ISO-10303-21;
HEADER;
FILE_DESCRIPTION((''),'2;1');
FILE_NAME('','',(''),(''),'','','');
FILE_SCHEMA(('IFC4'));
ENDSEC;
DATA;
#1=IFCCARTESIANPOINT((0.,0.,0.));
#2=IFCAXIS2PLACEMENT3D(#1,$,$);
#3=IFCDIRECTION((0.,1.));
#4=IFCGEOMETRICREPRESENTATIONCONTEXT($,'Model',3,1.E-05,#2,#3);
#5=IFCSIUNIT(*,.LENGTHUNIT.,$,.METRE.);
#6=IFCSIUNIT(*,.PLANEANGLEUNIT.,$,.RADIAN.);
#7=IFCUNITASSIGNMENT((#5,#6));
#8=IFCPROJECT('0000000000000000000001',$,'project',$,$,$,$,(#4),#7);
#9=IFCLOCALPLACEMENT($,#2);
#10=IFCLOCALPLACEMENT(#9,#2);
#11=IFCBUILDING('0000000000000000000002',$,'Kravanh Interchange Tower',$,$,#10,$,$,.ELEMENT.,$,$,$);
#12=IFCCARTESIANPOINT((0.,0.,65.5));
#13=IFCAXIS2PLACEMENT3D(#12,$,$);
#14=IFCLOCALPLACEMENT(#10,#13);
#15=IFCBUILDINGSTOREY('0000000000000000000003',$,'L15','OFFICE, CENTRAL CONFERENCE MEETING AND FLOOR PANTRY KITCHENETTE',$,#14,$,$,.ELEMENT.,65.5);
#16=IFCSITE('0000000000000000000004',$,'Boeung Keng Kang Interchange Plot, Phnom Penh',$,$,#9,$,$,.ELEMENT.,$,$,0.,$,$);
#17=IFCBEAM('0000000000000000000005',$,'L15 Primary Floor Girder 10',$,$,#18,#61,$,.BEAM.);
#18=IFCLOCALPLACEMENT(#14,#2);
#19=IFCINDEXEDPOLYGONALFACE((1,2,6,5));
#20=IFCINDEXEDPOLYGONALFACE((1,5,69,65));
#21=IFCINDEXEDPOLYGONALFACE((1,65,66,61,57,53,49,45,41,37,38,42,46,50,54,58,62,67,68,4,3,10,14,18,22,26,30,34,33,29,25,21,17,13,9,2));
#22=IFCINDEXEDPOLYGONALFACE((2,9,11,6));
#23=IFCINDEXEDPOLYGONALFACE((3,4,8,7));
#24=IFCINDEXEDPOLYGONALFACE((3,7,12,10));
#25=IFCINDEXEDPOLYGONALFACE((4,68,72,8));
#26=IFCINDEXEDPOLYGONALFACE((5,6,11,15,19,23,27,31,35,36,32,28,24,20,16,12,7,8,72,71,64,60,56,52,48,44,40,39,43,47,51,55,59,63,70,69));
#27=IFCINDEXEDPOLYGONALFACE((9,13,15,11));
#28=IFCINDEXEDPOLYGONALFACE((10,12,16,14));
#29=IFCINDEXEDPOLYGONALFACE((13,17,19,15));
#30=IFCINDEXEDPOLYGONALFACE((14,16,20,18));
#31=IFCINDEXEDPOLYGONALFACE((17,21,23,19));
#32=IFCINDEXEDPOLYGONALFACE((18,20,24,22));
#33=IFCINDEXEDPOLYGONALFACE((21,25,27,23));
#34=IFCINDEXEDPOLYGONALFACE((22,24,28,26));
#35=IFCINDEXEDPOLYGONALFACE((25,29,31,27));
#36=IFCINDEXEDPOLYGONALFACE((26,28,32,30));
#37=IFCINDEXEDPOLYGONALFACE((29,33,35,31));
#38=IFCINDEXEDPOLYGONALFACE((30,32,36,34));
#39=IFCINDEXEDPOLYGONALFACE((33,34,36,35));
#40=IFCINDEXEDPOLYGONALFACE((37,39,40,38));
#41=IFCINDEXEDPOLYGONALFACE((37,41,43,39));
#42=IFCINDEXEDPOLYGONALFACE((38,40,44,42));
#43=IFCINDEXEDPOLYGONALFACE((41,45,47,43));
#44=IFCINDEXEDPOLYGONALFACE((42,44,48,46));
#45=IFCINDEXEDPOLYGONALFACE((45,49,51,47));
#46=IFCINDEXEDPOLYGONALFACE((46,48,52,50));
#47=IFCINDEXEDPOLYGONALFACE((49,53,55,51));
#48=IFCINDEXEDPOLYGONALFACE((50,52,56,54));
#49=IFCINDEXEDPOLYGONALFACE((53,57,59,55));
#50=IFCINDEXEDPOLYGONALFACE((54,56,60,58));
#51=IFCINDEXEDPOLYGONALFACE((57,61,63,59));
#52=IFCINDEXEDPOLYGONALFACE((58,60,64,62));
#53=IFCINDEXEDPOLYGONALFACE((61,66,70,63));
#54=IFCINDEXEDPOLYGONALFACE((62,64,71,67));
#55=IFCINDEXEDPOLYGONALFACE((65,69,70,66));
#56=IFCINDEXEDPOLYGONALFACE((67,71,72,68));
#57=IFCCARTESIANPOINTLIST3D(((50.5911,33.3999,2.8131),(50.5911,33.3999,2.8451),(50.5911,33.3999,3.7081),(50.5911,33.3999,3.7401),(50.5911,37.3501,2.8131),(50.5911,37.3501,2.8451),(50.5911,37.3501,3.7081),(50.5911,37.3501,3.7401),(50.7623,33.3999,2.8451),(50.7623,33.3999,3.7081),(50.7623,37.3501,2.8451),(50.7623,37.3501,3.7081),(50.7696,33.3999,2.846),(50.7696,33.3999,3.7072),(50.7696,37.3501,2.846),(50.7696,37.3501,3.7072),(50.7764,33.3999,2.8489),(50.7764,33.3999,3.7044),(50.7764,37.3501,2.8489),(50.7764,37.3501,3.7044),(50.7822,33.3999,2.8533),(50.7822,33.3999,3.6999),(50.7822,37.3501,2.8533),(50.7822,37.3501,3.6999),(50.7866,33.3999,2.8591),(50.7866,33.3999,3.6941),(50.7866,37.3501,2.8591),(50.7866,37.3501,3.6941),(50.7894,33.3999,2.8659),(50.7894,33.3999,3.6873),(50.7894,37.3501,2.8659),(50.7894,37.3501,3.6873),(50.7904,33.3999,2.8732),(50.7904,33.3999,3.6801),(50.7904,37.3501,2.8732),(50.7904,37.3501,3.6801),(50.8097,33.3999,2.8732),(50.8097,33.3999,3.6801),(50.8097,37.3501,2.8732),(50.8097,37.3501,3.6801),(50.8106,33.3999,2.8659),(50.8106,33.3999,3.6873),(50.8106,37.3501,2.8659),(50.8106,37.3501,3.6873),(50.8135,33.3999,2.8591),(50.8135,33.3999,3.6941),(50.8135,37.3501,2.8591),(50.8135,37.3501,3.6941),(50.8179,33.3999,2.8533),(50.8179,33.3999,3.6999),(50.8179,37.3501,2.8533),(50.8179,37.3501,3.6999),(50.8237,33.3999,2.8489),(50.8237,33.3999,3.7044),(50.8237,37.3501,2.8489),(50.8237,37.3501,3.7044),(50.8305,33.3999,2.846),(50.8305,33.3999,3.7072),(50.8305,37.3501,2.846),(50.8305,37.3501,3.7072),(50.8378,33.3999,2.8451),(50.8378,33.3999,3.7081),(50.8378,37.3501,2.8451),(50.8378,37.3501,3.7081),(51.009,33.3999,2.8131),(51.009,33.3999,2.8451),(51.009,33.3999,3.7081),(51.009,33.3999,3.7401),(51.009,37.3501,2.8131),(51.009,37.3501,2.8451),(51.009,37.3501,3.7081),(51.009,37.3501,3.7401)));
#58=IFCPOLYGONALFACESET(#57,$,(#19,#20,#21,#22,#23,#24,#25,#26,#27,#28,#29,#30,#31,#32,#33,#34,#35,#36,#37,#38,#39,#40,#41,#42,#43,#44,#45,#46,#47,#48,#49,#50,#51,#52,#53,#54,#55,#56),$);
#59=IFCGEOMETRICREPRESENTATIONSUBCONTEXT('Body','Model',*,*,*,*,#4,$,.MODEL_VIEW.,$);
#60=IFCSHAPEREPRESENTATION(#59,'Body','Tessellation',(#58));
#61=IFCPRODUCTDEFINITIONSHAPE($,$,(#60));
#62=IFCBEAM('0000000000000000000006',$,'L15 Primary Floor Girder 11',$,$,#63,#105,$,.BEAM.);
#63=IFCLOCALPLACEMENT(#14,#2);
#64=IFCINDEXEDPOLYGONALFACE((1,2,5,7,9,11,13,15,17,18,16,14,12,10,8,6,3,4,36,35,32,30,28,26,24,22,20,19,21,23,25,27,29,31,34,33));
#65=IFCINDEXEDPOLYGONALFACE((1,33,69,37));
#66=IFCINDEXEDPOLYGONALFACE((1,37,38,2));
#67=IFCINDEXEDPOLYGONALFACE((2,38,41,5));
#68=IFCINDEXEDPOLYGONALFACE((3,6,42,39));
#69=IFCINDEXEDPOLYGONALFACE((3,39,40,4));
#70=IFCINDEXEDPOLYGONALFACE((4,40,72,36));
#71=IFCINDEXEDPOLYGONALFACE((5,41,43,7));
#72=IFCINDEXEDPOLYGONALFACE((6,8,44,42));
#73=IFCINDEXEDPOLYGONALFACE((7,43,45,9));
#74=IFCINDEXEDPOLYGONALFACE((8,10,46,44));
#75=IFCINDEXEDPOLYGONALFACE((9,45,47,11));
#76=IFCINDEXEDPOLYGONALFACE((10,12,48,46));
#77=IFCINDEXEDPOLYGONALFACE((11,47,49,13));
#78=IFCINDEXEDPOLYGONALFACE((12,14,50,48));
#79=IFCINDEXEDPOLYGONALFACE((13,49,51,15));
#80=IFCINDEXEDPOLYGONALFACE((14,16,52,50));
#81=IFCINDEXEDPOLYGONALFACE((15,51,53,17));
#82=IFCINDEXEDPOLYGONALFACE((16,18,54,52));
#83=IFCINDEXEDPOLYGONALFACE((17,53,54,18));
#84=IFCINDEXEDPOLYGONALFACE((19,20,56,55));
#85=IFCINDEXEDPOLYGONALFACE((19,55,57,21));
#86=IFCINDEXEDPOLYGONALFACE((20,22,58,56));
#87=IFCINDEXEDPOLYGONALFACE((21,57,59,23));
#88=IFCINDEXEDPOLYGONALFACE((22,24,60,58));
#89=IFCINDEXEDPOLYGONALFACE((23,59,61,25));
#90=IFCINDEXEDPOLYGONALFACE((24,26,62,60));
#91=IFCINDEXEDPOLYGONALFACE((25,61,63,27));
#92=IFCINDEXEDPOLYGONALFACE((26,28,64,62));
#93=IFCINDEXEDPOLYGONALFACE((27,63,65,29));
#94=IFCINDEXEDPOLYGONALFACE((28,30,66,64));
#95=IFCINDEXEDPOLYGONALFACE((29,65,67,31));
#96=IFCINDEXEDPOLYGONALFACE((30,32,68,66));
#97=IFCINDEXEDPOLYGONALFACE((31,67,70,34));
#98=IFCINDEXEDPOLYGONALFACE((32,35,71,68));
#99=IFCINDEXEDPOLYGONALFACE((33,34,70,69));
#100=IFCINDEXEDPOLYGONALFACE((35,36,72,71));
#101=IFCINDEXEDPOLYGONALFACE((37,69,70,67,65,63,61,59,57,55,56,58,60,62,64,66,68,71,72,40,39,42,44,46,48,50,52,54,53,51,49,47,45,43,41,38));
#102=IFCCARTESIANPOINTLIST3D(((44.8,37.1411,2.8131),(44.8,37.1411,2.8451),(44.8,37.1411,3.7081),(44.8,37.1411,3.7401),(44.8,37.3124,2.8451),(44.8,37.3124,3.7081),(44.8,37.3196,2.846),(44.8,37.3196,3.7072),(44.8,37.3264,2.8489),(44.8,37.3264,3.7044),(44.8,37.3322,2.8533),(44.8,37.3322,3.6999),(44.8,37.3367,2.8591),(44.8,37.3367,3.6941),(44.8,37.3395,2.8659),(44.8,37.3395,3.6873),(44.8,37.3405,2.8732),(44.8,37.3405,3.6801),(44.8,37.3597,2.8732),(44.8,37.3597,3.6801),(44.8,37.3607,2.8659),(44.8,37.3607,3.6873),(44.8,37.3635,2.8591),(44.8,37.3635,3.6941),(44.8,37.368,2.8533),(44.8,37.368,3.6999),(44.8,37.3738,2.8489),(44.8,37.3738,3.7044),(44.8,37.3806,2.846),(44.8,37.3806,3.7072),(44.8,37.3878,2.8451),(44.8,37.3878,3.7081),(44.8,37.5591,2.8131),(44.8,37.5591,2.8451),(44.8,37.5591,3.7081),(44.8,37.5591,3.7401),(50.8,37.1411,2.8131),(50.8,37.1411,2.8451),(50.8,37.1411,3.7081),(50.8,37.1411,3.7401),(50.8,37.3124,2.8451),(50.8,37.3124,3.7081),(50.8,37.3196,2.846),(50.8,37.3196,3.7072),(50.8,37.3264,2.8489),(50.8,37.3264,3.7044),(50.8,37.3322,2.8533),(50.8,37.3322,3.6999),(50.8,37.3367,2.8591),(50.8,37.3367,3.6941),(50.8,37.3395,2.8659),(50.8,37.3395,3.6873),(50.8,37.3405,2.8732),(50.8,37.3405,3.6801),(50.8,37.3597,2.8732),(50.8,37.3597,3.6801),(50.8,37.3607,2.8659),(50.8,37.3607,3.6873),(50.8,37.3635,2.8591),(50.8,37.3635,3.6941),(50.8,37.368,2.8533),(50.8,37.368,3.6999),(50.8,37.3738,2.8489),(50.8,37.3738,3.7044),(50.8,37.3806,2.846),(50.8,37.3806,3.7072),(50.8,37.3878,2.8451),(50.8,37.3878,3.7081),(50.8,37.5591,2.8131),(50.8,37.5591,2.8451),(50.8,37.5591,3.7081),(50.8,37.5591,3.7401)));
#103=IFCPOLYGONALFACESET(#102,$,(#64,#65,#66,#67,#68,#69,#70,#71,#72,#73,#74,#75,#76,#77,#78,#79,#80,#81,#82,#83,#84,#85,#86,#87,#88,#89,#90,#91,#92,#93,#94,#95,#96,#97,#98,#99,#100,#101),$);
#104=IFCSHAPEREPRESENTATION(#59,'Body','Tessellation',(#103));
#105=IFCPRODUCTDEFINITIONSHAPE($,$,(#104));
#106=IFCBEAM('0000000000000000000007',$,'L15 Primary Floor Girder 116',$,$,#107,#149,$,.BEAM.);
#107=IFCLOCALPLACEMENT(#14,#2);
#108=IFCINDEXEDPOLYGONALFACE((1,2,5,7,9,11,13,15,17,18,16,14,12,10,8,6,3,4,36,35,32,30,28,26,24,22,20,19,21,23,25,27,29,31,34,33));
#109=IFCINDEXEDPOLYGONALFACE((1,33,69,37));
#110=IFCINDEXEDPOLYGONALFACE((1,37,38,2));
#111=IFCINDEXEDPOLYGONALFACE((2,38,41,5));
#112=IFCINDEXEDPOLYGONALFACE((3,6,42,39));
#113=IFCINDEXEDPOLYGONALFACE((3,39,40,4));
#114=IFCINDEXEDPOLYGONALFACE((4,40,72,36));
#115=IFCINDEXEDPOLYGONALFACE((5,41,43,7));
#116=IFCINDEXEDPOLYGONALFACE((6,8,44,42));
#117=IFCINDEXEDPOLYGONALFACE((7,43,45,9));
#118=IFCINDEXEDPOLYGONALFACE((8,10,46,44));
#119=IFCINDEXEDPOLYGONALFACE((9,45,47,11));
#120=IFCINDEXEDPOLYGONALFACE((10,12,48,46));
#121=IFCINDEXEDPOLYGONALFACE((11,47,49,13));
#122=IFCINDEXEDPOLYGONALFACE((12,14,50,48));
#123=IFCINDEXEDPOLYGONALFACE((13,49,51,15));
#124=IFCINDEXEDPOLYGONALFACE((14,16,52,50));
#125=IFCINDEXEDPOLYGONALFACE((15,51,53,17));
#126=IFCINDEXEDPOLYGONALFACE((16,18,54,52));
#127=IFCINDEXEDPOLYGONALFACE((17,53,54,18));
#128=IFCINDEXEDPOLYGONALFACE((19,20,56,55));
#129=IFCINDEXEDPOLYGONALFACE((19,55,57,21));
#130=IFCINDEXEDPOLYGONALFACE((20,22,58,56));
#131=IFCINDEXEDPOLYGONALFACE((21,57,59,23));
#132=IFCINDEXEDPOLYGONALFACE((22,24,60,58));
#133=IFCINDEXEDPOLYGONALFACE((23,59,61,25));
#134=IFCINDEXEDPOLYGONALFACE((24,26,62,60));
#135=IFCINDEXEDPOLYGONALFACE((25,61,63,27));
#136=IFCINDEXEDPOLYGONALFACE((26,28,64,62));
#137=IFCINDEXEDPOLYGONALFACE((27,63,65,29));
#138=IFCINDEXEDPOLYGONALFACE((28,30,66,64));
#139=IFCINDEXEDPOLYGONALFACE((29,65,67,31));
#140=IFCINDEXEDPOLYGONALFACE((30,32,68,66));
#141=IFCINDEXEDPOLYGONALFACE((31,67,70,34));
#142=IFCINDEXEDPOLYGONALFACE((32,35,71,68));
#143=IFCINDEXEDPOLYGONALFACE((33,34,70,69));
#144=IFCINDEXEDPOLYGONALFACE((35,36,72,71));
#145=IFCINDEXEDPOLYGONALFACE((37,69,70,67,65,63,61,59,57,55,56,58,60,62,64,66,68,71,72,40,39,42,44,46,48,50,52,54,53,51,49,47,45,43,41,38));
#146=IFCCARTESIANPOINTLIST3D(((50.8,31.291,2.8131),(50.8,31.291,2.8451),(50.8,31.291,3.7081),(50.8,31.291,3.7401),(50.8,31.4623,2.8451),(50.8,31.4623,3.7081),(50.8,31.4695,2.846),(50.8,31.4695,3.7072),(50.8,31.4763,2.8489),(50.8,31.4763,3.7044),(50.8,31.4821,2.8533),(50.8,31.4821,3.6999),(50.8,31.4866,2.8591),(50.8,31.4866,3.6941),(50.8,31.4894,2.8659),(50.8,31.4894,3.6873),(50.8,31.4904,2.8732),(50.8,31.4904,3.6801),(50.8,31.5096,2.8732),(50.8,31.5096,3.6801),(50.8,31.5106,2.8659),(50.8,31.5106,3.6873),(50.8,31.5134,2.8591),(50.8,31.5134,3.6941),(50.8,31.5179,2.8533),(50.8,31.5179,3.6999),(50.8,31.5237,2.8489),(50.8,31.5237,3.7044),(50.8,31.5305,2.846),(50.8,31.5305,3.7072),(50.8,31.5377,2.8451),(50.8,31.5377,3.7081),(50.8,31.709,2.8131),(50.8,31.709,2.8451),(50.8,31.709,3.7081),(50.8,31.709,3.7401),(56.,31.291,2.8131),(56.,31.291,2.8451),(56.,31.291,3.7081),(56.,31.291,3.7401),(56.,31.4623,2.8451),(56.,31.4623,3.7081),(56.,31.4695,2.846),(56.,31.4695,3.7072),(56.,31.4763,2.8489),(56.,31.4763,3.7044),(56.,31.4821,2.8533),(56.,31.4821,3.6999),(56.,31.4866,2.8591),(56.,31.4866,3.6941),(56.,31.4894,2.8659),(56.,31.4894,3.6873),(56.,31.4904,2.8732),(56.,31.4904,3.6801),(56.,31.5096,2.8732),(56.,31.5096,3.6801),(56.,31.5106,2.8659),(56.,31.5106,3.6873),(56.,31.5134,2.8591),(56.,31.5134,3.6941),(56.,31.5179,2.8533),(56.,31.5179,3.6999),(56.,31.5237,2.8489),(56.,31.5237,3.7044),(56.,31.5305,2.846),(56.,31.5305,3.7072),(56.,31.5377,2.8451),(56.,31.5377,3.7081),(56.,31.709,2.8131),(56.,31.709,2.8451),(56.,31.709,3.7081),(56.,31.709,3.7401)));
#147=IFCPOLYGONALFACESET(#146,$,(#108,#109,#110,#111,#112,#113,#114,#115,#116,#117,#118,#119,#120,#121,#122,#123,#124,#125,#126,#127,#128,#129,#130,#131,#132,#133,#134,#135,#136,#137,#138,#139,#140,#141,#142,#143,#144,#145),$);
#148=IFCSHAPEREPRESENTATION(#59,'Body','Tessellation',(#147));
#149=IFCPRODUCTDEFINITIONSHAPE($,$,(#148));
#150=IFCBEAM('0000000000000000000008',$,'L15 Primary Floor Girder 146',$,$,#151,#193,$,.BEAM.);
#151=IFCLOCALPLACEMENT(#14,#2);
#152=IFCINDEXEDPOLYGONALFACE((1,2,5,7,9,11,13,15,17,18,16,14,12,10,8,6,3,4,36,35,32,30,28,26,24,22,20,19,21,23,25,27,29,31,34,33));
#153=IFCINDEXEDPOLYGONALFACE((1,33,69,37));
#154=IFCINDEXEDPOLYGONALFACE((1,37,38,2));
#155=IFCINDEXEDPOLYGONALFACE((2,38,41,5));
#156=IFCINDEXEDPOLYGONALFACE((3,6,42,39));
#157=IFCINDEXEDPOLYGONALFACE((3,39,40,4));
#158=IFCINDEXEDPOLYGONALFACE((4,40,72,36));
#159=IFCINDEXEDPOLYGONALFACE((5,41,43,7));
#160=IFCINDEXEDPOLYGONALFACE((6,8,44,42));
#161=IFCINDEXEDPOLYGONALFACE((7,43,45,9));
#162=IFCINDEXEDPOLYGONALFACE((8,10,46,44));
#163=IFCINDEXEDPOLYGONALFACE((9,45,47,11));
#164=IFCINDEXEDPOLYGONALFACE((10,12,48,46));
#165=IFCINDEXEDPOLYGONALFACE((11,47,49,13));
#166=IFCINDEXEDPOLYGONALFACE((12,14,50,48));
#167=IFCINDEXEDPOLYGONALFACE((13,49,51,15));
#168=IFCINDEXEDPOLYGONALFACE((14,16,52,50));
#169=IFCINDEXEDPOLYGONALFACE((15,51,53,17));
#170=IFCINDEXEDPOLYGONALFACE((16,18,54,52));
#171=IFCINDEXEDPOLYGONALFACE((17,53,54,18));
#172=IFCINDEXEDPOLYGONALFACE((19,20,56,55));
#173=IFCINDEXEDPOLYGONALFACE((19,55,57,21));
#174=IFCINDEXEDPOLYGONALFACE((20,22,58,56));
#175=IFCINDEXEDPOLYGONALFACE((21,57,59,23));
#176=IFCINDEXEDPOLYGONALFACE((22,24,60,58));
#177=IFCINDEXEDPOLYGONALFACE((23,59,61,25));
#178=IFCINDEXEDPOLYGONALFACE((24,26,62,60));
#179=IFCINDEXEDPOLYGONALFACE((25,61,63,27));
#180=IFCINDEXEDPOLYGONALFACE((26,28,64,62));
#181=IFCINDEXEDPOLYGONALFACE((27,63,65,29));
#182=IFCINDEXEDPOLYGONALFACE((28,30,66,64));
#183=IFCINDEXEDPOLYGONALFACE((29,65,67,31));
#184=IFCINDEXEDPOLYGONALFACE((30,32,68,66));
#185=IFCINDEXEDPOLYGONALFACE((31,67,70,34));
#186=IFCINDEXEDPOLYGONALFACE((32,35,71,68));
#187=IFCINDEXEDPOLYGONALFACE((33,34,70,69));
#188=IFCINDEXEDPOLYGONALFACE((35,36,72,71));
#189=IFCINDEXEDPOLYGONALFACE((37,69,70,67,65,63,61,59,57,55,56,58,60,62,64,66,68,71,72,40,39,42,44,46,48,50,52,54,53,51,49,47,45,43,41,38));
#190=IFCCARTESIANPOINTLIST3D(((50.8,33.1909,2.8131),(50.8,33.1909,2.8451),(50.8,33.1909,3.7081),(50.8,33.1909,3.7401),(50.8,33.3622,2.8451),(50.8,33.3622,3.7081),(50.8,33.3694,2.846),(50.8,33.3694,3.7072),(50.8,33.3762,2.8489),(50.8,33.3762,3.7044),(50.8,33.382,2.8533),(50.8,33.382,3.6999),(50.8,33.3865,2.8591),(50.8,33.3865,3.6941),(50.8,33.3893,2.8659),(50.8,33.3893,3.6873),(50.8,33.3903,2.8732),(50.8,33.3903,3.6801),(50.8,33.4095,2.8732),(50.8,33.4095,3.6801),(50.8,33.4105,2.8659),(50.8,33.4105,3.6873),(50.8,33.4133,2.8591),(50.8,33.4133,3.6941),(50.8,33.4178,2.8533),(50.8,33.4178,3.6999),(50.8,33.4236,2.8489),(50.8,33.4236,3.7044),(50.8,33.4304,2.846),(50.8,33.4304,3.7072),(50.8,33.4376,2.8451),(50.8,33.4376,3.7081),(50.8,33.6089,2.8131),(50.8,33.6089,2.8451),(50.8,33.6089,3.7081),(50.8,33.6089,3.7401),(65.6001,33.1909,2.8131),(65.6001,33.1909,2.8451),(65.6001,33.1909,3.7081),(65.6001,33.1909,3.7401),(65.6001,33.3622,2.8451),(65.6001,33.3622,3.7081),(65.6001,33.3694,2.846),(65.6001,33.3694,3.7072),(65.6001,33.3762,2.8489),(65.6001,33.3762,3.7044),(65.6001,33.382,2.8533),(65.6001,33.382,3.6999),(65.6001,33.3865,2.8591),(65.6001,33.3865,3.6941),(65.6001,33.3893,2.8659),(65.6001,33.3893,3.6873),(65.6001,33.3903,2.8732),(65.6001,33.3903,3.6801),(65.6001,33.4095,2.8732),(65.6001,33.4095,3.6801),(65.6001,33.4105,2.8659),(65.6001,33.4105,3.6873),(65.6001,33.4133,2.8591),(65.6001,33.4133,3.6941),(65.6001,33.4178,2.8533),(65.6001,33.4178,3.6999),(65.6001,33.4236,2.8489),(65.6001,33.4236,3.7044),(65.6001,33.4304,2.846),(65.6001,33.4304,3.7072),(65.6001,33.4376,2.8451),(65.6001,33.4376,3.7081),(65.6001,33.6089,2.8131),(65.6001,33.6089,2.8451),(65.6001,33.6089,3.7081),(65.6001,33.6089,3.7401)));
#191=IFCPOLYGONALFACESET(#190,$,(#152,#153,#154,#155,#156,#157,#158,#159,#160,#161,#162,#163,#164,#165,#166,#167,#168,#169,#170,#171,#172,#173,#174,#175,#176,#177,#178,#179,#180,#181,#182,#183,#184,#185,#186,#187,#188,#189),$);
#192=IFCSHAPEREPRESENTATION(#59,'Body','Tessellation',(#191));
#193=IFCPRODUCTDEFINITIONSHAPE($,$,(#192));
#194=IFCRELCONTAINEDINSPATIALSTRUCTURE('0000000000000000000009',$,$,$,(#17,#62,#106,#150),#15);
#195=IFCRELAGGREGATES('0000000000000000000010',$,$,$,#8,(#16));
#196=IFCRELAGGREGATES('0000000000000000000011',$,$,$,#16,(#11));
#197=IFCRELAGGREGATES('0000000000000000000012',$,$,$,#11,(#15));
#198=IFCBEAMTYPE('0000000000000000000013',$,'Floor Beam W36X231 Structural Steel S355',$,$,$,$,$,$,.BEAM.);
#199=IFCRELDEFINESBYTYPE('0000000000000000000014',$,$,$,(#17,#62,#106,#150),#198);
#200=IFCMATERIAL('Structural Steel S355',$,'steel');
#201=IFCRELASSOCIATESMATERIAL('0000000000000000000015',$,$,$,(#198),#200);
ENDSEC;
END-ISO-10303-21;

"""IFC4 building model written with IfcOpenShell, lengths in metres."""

from ifc_helpers import new_model, si_unit, direction, frame, origin, origin_2d, place, context, subcontext, project, spatial, i_section, extrude, material, material_profile, profile_set, type_object, element, save


model = new_model("IFC4")

# Units and contexts
model_context = context("Model", 3, precision=1e-05, world=origin(), true_north=direction((0.0, 1.0)))
body_context = subcontext(model_context, "Body", "Model", "MODEL_VIEW")
ifc_project = project(units=[si_unit("LENGTHUNIT", "METRE"), si_unit("PLANEANGLEUNIT", "RADIAN")], contexts=[model_context])

# Site, building, storey
site_placement = place(None, origin())
site = spatial("IfcSite", under=ifc_project, at=site_placement, Name="Boeung Keng Kang Interchange Plot, Phnom Penh", CompositionType="ELEMENT", RefElevation=0.0)
building_placement = place(site_placement, origin())
building = spatial("IfcBuilding", under=site, at=building_placement, Name="Kravanh Interchange Tower", CompositionType="ELEMENT")
storey_placement = place(building_placement, frame((0.0, 0.0, 65.5)))
storey = spatial("IfcBuildingStorey", under=building, at=storey_placement, Name="L15", Description="OFFICE, CENTRAL CONFERENCE MEETING AND FLOOR PANTRY KITCHENETTE", CompositionType="ELEMENT", Elevation=65.5)

# Beams
ifc_material_1 = material(Name="Structural Steel S355", Category="steel")
ifc_material_profile_1 = material_profile(ifc_material_1, i_section(OverallWidth=0.418, OverallDepth=0.927, WebThickness=0.0193, FlangeThickness=0.032, FilletRadius=0.0281, at=origin_2d()), Name="W36X231")
ifc_profile_set_1 = profile_set([ifc_material_profile_1], Name="Structural Steel S355")
beam_type_1 = type_object("IfcBeamType", Name="Floor Beam W36X231 Structural Steel S355", PredefinedType="BEAM", material=ifc_profile_set_1)
beam_1_placement = place(storey_placement, frame((50.8, 37.3501, 3.2766), z_axis=(0.0, -1.0, 0.0), x_axis=(1.0, 0.0, 0.0)))
element("IfcBeam", 1, at=beam_1_placement, inside=storey, type_object=beam_type_1, Name="L15 Primary Floor Girder 10", PredefinedType="BEAM", context=body_context, shape_type="SweptSolid", body=[
    extrude(i_section(OverallWidth=0.418, OverallDepth=0.927, WebThickness=0.0193, FlangeThickness=0.032, FilletRadius=0.0281, at=origin_2d()), origin(), (0.0, 0.0, 1.0), 3.9502),
])
beam_2_placement = place(storey_placement, frame((50.8, 37.3501, 3.2766), z_axis=(-1.0, 0.0, 0.0), x_axis=(0.0, -1.0, 0.0)))
element("IfcBeam", 2, at=beam_2_placement, inside=storey, type_object=beam_type_1, Name="L15 Primary Floor Girder 11", PredefinedType="BEAM", context=body_context, shape_type="SweptSolid", body=[
    extrude(i_section(OverallWidth=0.418, OverallDepth=0.927, WebThickness=0.0193, FlangeThickness=0.032, FilletRadius=0.0281, at=origin_2d()), origin(), (0.0, 0.0, 1.0), 6.0),
])
beam_3_placement = place(storey_placement, frame((50.8, 31.5, 3.2766), z_axis=(1.0, 0.0, 0.0), x_axis=(0.0, 1.0, 0.0)))
element("IfcBeam", 3, at=beam_3_placement, inside=storey, type_object=beam_type_1, Name="L15 Primary Floor Girder 116", PredefinedType="BEAM", context=body_context, shape_type="SweptSolid", body=[
    extrude(i_section(OverallWidth=0.418, OverallDepth=0.927, WebThickness=0.0193, FlangeThickness=0.032, FilletRadius=0.0281, at=origin_2d()), origin(), (0.0, 0.0, 1.0), 5.2),
])
beam_4_placement = place(storey_placement, frame((50.8, 33.3999, 3.2766), z_axis=(1.0, 0.0, 0.0), x_axis=(0.0, 1.0, 0.0)))
element("IfcBeam", 4, at=beam_4_placement, inside=storey, type_object=beam_type_1, Name="L15 Primary Floor Girder 146", PredefinedType="BEAM", context=body_context, shape_type="SweptSolid", body=[
    extrude(i_section(OverallWidth=0.418, OverallDepth=0.927, WebThickness=0.0193, FlangeThickness=0.032, FilletRadius=0.0281, at=origin_2d()), origin(), (0.0, 0.0, 1.0), 14.8),
])

save(model, "model.ifc")
